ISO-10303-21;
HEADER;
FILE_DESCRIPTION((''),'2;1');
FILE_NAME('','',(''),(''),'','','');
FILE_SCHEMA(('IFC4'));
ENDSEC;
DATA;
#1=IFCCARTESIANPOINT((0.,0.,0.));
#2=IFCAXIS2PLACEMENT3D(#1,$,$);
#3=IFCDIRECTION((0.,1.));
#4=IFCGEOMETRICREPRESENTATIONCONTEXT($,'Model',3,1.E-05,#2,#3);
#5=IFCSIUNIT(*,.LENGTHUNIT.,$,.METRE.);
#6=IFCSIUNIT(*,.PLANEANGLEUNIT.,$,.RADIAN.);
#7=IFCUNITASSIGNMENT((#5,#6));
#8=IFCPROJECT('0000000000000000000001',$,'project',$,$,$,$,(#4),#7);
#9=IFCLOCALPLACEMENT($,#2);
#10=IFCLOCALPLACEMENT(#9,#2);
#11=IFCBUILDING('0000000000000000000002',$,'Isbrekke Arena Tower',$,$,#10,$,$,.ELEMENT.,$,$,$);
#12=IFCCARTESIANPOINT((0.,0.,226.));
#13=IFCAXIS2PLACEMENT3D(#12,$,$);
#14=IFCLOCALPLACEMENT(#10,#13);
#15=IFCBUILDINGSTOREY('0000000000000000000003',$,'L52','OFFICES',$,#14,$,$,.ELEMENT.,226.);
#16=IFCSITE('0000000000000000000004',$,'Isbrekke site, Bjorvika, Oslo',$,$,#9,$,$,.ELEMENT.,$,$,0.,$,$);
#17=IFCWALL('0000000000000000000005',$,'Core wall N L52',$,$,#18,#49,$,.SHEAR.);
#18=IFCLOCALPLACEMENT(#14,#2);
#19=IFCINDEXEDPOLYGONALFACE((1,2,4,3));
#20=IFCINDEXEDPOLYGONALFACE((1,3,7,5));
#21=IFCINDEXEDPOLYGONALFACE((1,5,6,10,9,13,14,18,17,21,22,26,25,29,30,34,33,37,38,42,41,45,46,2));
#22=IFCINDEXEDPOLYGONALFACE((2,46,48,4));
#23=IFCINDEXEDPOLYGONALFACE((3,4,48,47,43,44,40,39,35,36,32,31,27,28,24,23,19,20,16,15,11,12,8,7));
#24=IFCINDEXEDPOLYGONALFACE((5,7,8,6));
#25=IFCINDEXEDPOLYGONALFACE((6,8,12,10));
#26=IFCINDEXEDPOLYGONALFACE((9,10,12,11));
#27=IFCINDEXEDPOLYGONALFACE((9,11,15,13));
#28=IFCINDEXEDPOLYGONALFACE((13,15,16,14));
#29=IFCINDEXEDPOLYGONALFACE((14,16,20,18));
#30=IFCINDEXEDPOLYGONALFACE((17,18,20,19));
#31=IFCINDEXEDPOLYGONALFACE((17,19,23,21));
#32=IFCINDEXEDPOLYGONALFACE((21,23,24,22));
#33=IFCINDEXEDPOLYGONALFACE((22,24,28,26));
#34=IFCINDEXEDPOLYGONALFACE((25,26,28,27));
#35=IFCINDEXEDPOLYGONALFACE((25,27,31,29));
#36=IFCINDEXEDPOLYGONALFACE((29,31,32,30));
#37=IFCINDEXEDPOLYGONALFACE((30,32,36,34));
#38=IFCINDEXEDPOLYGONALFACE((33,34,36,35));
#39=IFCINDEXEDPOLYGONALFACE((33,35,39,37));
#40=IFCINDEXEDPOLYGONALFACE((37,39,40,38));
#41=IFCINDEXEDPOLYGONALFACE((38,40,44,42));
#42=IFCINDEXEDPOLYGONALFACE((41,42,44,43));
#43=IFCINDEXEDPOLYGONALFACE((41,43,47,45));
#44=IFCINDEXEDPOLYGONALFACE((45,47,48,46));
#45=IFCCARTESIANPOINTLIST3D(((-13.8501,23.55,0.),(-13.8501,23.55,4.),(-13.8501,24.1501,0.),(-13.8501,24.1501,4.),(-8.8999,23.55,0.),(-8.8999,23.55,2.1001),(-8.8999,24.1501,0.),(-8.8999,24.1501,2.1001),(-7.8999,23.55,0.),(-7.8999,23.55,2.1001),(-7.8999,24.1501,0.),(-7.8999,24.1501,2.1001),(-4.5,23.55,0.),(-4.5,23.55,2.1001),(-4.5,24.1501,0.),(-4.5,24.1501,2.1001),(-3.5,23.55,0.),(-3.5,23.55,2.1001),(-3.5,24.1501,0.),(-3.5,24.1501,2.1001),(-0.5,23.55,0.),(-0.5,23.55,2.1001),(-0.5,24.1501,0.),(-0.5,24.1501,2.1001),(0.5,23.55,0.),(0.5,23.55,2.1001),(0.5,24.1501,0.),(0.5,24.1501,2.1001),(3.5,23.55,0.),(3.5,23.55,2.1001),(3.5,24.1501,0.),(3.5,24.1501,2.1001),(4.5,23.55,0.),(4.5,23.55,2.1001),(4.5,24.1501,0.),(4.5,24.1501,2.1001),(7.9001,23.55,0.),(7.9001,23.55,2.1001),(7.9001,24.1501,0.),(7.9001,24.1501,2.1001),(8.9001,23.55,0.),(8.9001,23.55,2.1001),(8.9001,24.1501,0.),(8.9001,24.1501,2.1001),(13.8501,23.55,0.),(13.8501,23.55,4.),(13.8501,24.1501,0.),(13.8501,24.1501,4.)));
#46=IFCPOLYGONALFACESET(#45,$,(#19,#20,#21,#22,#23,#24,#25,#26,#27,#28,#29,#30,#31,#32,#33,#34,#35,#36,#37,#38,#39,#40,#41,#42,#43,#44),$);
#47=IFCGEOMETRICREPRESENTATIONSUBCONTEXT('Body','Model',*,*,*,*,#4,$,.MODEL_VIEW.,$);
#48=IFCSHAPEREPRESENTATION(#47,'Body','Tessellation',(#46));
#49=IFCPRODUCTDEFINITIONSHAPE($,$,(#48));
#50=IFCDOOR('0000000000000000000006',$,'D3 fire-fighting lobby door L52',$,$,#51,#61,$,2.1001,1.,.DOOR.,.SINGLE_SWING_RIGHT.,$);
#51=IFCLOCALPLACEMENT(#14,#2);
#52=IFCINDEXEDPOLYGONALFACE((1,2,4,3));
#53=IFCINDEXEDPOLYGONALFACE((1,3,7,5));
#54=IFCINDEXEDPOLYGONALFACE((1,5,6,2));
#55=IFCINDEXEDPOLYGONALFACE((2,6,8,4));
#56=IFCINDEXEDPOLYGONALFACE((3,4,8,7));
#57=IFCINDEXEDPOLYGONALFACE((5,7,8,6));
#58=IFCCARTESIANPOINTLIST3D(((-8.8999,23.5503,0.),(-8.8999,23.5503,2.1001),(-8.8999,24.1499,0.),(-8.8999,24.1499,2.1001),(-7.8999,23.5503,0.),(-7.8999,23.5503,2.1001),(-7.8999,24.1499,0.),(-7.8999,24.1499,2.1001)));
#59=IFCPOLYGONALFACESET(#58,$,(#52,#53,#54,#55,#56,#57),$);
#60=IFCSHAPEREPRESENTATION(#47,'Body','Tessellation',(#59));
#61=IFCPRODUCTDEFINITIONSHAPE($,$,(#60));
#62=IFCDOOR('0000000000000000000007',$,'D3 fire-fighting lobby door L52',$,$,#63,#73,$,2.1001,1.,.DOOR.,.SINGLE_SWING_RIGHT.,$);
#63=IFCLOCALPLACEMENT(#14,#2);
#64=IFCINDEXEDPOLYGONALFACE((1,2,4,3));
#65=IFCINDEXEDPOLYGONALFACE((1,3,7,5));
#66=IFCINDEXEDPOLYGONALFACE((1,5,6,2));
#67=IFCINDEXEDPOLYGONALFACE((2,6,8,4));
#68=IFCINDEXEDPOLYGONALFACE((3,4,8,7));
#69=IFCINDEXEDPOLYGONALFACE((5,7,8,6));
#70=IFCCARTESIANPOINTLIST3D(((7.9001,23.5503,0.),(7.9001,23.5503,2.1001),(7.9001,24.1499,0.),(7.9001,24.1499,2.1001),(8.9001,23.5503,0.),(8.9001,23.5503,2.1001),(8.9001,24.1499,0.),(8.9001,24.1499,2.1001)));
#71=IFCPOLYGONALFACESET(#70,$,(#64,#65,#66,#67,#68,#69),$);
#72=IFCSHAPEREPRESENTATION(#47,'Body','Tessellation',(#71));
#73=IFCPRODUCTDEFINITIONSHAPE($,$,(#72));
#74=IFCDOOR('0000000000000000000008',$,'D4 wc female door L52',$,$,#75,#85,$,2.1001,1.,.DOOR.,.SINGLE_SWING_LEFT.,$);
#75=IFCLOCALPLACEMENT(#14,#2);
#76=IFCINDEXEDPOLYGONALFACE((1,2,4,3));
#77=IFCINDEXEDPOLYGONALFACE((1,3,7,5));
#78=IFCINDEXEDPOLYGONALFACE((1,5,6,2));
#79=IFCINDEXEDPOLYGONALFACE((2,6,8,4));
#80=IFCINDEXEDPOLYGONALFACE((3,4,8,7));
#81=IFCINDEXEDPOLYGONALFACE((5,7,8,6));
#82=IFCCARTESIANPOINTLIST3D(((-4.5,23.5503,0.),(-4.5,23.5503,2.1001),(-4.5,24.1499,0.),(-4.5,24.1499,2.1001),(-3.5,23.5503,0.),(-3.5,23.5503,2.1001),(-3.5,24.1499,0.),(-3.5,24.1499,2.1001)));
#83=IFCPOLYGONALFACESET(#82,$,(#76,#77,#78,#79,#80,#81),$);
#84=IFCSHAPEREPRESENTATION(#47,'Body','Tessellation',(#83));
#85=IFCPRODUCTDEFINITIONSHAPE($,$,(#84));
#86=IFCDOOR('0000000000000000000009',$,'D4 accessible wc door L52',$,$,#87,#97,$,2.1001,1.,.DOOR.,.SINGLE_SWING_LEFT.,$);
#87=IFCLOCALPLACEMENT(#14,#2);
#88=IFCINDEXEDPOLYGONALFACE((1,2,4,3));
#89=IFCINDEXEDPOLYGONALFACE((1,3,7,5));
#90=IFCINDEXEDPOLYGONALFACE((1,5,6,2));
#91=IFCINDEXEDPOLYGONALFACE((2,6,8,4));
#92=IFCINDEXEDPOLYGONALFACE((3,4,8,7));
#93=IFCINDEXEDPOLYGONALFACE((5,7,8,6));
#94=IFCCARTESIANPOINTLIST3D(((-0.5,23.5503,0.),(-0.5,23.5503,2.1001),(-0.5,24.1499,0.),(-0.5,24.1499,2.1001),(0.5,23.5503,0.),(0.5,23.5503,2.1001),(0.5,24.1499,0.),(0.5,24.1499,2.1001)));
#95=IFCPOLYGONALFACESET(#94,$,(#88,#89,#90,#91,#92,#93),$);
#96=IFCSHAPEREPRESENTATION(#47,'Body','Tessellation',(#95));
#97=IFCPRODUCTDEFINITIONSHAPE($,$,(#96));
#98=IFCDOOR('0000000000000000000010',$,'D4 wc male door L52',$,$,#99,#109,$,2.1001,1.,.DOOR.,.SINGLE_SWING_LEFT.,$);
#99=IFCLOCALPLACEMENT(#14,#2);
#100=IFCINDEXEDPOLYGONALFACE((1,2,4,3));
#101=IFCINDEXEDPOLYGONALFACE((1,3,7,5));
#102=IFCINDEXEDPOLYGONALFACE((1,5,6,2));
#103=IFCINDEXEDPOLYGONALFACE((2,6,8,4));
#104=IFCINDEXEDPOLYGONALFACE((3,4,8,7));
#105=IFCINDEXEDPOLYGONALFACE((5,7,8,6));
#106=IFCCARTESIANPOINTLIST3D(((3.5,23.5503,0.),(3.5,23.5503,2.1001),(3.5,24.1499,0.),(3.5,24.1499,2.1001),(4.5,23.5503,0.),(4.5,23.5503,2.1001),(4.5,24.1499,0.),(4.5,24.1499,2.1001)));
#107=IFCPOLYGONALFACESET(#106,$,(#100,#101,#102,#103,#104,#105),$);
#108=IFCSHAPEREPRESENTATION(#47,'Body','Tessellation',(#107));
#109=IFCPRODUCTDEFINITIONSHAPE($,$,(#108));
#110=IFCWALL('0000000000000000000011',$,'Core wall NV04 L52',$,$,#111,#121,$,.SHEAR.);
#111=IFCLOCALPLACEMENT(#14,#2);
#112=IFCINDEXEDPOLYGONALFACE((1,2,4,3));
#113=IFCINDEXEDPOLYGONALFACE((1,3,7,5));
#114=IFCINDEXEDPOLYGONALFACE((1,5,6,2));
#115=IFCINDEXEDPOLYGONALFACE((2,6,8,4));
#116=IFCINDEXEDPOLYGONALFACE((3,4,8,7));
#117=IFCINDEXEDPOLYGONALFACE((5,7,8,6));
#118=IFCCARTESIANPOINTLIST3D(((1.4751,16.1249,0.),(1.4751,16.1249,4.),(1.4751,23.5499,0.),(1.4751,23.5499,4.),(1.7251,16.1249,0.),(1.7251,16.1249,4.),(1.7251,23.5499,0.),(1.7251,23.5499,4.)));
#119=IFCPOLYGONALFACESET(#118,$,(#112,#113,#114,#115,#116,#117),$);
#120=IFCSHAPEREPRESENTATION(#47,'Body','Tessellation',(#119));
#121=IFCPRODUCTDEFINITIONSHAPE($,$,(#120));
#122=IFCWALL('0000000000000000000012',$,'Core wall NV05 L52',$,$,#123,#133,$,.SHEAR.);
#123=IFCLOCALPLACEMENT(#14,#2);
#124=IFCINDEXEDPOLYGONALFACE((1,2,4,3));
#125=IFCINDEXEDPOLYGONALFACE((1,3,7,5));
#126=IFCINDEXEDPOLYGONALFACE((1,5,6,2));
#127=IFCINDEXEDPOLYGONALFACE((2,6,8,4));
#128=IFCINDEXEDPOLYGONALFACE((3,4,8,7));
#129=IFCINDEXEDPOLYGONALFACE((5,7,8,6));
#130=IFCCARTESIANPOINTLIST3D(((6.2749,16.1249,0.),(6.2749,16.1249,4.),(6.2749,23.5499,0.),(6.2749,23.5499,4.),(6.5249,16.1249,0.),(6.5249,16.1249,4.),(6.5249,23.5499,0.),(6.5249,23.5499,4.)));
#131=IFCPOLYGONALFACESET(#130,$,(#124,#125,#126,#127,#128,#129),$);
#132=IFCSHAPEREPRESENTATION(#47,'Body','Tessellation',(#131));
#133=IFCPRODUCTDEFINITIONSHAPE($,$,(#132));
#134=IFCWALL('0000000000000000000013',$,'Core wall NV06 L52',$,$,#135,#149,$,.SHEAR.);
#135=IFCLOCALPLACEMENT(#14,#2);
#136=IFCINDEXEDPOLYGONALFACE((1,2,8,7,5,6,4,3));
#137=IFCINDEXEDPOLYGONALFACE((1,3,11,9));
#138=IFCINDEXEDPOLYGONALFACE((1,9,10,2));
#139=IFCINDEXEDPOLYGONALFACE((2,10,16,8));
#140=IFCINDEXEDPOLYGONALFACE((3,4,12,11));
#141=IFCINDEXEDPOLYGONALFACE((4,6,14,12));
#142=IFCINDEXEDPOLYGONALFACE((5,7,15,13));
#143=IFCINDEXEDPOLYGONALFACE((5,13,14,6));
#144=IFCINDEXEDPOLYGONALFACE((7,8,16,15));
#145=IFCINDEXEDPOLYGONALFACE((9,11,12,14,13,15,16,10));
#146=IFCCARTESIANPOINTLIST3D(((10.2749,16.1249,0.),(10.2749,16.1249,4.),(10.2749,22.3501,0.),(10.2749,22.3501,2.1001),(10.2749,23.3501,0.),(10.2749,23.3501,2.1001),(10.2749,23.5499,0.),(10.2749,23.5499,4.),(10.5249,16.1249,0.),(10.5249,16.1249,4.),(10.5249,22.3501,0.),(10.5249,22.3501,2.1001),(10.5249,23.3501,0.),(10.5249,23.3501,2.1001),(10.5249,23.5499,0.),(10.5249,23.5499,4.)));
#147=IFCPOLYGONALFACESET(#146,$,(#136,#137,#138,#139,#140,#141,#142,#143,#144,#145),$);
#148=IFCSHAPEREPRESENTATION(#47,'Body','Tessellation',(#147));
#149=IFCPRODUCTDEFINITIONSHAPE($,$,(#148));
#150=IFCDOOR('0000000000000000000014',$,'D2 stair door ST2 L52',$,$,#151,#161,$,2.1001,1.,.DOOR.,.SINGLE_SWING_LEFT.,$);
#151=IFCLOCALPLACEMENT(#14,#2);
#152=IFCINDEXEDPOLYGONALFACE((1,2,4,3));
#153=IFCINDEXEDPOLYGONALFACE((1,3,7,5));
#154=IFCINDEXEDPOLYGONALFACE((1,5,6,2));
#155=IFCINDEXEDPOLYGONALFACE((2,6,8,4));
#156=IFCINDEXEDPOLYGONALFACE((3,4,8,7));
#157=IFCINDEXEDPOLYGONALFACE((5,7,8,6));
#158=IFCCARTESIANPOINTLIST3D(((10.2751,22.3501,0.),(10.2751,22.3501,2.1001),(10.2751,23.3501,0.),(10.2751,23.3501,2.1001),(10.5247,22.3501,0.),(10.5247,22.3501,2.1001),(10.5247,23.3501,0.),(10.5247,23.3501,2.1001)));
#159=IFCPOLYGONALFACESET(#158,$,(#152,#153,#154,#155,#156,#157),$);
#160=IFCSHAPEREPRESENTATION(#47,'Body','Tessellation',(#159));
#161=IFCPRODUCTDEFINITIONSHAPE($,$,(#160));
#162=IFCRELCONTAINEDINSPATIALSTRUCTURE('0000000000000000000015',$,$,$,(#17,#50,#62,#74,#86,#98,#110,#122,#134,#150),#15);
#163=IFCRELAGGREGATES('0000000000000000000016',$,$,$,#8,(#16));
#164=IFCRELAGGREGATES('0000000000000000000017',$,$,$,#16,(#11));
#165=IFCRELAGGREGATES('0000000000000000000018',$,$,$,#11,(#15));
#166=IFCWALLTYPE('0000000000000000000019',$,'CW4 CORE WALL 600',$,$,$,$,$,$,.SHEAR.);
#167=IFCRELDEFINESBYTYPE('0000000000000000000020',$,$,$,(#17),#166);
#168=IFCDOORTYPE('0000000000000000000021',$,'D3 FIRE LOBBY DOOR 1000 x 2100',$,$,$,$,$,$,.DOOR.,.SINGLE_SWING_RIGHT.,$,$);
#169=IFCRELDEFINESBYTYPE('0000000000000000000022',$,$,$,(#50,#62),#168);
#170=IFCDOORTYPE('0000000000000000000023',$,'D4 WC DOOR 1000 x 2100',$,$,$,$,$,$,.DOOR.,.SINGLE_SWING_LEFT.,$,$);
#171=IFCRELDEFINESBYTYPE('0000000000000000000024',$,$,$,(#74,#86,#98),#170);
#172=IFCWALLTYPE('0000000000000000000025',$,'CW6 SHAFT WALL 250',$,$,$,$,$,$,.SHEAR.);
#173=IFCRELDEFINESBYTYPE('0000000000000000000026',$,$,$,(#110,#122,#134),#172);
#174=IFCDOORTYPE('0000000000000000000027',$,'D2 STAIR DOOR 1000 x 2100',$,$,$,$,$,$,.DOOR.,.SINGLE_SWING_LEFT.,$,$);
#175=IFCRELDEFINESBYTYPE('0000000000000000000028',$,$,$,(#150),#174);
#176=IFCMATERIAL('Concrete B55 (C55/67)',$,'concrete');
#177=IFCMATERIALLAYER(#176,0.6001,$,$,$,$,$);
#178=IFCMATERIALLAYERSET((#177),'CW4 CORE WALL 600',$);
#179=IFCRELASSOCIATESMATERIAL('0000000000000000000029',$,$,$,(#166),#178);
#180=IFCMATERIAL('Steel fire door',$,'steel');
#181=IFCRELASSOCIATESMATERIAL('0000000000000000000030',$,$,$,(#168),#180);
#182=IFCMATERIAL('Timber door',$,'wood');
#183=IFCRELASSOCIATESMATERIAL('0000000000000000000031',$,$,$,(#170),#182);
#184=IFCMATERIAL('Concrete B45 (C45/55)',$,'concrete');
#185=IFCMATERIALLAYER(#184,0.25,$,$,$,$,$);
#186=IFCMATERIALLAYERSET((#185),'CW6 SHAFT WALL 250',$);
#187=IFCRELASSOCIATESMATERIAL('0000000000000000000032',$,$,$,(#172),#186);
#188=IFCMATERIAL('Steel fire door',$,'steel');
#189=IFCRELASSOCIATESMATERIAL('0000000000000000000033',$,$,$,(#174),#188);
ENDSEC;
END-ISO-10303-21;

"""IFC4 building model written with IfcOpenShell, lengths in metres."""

from ifc_helpers import new_model, si_unit, direction, frame, frame_2d, origin, place, context, subcontext, project, spatial, rectangle, extrude, material, layer, layer_set, type_object, element, fill, save


model = new_model("IFC4")

# Units and contexts
model_context = context("Model", 3, precision=1e-05, world=origin(), true_north=direction((0.0, 1.0)))
body_context = subcontext(model_context, "Body", "Model", "MODEL_VIEW")
ifc_project = project(units=[si_unit("LENGTHUNIT", "METRE"), si_unit("PLANEANGLEUNIT", "RADIAN")], contexts=[model_context])

# Site, building, storey
site_placement = place(None, origin())
site = spatial("IfcSite", under=ifc_project, at=site_placement, Name="Isbrekke site, Bjorvika, Oslo", CompositionType="ELEMENT", RefElevation=0.0)
building_placement = place(site_placement, origin())
building = spatial("IfcBuilding", under=site, at=building_placement, Name="Isbrekke Arena Tower", CompositionType="ELEMENT")
storey_placement = place(building_placement, frame((0.0, 0.0, 226.0)))
storey = spatial("IfcBuildingStorey", under=building, at=storey_placement, Name="L52", Description="OFFICES", CompositionType="ELEMENT", Elevation=226.0)

# Wall, openings, doors
ifc_material_1 = material(Name="Concrete B55 (C55/67)", Category="concrete")
ifc_layer_1 = layer(ifc_material_1, 0.6001)
ifc_layer_set_1 = layer_set([ifc_layer_1], Name="CW4 CORE WALL 600")
wall_type_1 = type_object("IfcWallType", Name="CW4 CORE WALL 600", PredefinedType="SHEAR", material=ifc_layer_set_1)
wall_1_placement = place(storey_placement, frame((13.8501, 23.8501, 0.0), z_axis=(0.0, 0.0, 1.0), x_axis=(-1.0, 0.0, 0.0)))
wall_1 = element("IfcWall", 1, at=wall_1_placement, inside=storey, type_object=wall_type_1, Name="Core wall N L52", PredefinedType="SHEAR", context=body_context, shape_type="SweptSolid", body=[
    extrude(rectangle(XDim=27.7002, YDim=0.6001, at=frame_2d((13.8501, 0.0))), origin(), (0.0, 0.0, 1.0), 4.0),
])
opening_1_placement = place(wall_1_placement, frame((21.75, 0.0, 0.0)))
opening_1 = element("IfcOpeningElement", 2, at=opening_1_placement, cuts=wall_1, PredefinedType="OPENING", context=body_context, shape_type="SweptSolid", body=[
    extrude(rectangle(XDim=1.0, YDim=2.1001, at=frame_2d((0.5, 1.05))), frame((0.0, 0.3149, 0.0), z_axis=(0.0, -1.0, 0.0), x_axis=(1.0, 0.0, 0.0)), (0.0, 0.0, 1.0), 0.6299),
])
opening_2_placement = place(wall_1_placement, frame((4.95, 0.0, 0.0)))
opening_2 = element("IfcOpeningElement", 3, at=opening_2_placement, cuts=wall_1, PredefinedType="OPENING", context=body_context, shape_type="SweptSolid", body=[
    extrude(rectangle(XDim=1.0, YDim=2.1001, at=frame_2d((0.5, 1.05))), frame((0.0, 0.3149, 0.0), z_axis=(0.0, -1.0, 0.0), x_axis=(1.0, 0.0, 0.0)), (0.0, 0.0, 1.0), 0.6299),
])
opening_3_placement = place(wall_1_placement, frame((17.3501, 0.0, 0.0)))
opening_3 = element("IfcOpeningElement", 4, at=opening_3_placement, cuts=wall_1, PredefinedType="OPENING", context=body_context, shape_type="SweptSolid", body=[
    extrude(rectangle(XDim=1.0, YDim=2.1001, at=frame_2d((0.5, 1.05))), frame((0.0, 0.3149, 0.0), z_axis=(0.0, -1.0, 0.0), x_axis=(1.0, 0.0, 0.0)), (0.0, 0.0, 1.0), 0.6299),
])
opening_4_placement = place(wall_1_placement, frame((13.3501, 0.0, 0.0)))
opening_4 = element("IfcOpeningElement", 5, at=opening_4_placement, cuts=wall_1, PredefinedType="OPENING", context=body_context, shape_type="SweptSolid", body=[
    extrude(rectangle(XDim=1.0, YDim=2.1001, at=frame_2d((0.5, 1.05))), frame((0.0, 0.3149, 0.0), z_axis=(0.0, -1.0, 0.0), x_axis=(1.0, 0.0, 0.0)), (0.0, 0.0, 1.0), 0.6299),
])
opening_5_placement = place(wall_1_placement, frame((9.3501, 0.0, 0.0)))
opening_5 = element("IfcOpeningElement", 6, at=opening_5_placement, cuts=wall_1, PredefinedType="OPENING", context=body_context, shape_type="SweptSolid", body=[
    extrude(rectangle(XDim=1.0, YDim=2.1001, at=frame_2d((0.5, 1.05))), frame((0.0, 0.3149, 0.0), z_axis=(0.0, -1.0, 0.0), x_axis=(1.0, 0.0, 0.0)), (0.0, 0.0, 1.0), 0.6299),
])
ifc_material_2 = material(Name="Steel fire door", Category="steel")
door_type_1 = type_object("IfcDoorType", Name="D3 FIRE LOBBY DOOR 1000 x 2100", OperationType="SINGLE_SWING_RIGHT", PredefinedType="DOOR", material=ifc_material_2)
door_1_placement = place(opening_1_placement, origin())
door_1 = element("IfcDoor", 7, at=door_1_placement, inside=storey, type_object=door_type_1, Name="D3 fire-fighting lobby door L52", OperationType="SINGLE_SWING_RIGHT", OverallHeight=2.1001, OverallWidth=1.0, PredefinedType="DOOR", context=body_context, shape_type="SweptSolid", body=[
    extrude(rectangle(XDim=1.0, YDim=2.1001, at=frame_2d((0.5, 1.05))), frame((0.0, 0.2998, 0.0), z_axis=(0.0, -1.0, 0.0), x_axis=(1.0, 0.0, 0.0)), (0.0, 0.0, 1.0), 0.5996),
])
fill(opening_1, door_1)
door_2_placement = place(opening_2_placement, origin())
door_2 = element("IfcDoor", 8, at=door_2_placement, inside=storey, type_object=door_type_1, Name="D3 fire-fighting lobby door L52", OperationType="SINGLE_SWING_RIGHT", OverallHeight=2.1001, OverallWidth=1.0, PredefinedType="DOOR", context=body_context, shape_type="SweptSolid", body=[
    extrude(rectangle(XDim=1.0, YDim=2.1001, at=frame_2d((0.5, 1.05))), frame((0.0, 0.2998, 0.0), z_axis=(0.0, -1.0, 0.0), x_axis=(1.0, 0.0, 0.0)), (0.0, 0.0, 1.0), 0.5996),
])
fill(opening_2, door_2)
ifc_material_3 = material(Name="Timber door", Category="wood")
door_type_2 = type_object("IfcDoorType", Name="D4 WC DOOR 1000 x 2100", OperationType="SINGLE_SWING_LEFT", PredefinedType="DOOR", material=ifc_material_3)
door_3_placement = place(opening_3_placement, origin())
door_3 = element("IfcDoor", 9, at=door_3_placement, inside=storey, type_object=door_type_2, Name="D4 wc female door L52", OperationType="SINGLE_SWING_LEFT", OverallHeight=2.1001, OverallWidth=1.0, PredefinedType="DOOR", context=body_context, shape_type="SweptSolid", body=[
    extrude(rectangle(XDim=1.0, YDim=2.1001, at=frame_2d((0.5, 1.05))), frame((0.0, 0.2998, 0.0), z_axis=(0.0, -1.0, 0.0), x_axis=(1.0, 0.0, 0.0)), (0.0, 0.0, 1.0), 0.5996),
])
fill(opening_3, door_3)
door_4_placement = place(opening_4_placement, origin())
door_4 = element("IfcDoor", 10, at=door_4_placement, inside=storey, type_object=door_type_2, Name="D4 accessible wc door L52", OperationType="SINGLE_SWING_LEFT", OverallHeight=2.1001, OverallWidth=1.0, PredefinedType="DOOR", context=body_context, shape_type="SweptSolid", body=[
    extrude(rectangle(XDim=1.0, YDim=2.1001, at=frame_2d((0.5, 1.05))), frame((0.0, 0.2998, 0.0), z_axis=(0.0, -1.0, 0.0), x_axis=(1.0, 0.0, 0.0)), (0.0, 0.0, 1.0), 0.5996),
])
fill(opening_4, door_4)
door_5_placement = place(opening_5_placement, origin())
door_5 = element("IfcDoor", 11, at=door_5_placement, inside=storey, type_object=door_type_2, Name="D4 wc male door L52", OperationType="SINGLE_SWING_LEFT", OverallHeight=2.1001, OverallWidth=1.0, PredefinedType="DOOR", context=body_context, shape_type="SweptSolid", body=[
    extrude(rectangle(XDim=1.0, YDim=2.1001, at=frame_2d((0.5, 1.05))), frame((0.0, 0.2998, 0.0), z_axis=(0.0, -1.0, 0.0), x_axis=(1.0, 0.0, 0.0)), (0.0, 0.0, 1.0), 0.5996),
])
fill(opening_5, door_5)

# Walls
ifc_material_4 = material(Name="Concrete B45 (C45/55)", Category="concrete")
ifc_layer_2 = layer(ifc_material_4, 0.25)
ifc_layer_set_2 = layer_set([ifc_layer_2], Name="CW6 SHAFT WALL 250")
wall_type_2 = type_object("IfcWallType", Name="CW6 SHAFT WALL 250", PredefinedType="SHEAR", material=ifc_layer_set_2)
for number, where, z_axis, x_axis, name in (
    (12, (1.6001, 16.125, 0.0), (0.0, 0.0, 1.0), (0.0, 1.0, 0.0), "Core wall NV04 L52"),
    (13, (6.3999, 16.125, 0.0), (0.0, 0.0, 1.0), (0.0, 1.0, 0.0), "Core wall NV05 L52"),
):
    element("IfcWall", number, at=place(storey_placement, frame(where, z_axis=z_axis, x_axis=x_axis)), inside=storey, type_object=wall_type_2, Name=name, PredefinedType="SHEAR", context=body_context, shape_type="SweptSolid", body=[
        extrude(rectangle(XDim=7.425, YDim=0.25, at=frame_2d((3.7124, 0.0))), origin(), (0.0, 0.0, 1.0), 4.0),
    ])

# Wall, opening, door
wall_2_placement = place(storey_placement, frame((10.3999, 16.125, 0.0), z_axis=(0.0, 0.0, 1.0), x_axis=(0.0, 1.0, 0.0)))
wall_2 = element("IfcWall", 14, at=wall_2_placement, inside=storey, type_object=wall_type_2, Name="Core wall NV06 L52", PredefinedType="SHEAR", context=body_context, shape_type="SweptSolid", body=[
    extrude(rectangle(XDim=7.425, YDim=0.25, at=frame_2d((3.7124, 0.0))), origin(), (0.0, 0.0, 1.0), 4.0),
])
opening_6_placement = place(wall_2_placement, frame((6.2251, 0.0, 0.0)))
opening_6 = element("IfcOpeningElement", 15, at=opening_6_placement, cuts=wall_2, PredefinedType="OPENING", context=body_context, shape_type="SweptSolid", body=[
    extrude(rectangle(XDim=1.0, YDim=2.1001, at=frame_2d((0.5, 1.05))), frame((0.0, 0.1399, 0.0), z_axis=(0.0, -1.0, 0.0), x_axis=(1.0, 0.0, 0.0)), (0.0, 0.0, 1.0), 0.2798),
])
ifc_material_5 = material(Name="Steel fire door", Category="steel")
door_type_3 = type_object("IfcDoorType", Name="D2 STAIR DOOR 1000 x 2100", OperationType="SINGLE_SWING_LEFT", PredefinedType="DOOR", material=ifc_material_5)
door_6_placement = place(opening_6_placement, origin())
door_6 = element("IfcDoor", 16, at=door_6_placement, inside=storey, type_object=door_type_3, Name="D2 stair door ST2 L52", OperationType="SINGLE_SWING_LEFT", OverallHeight=2.1001, OverallWidth=1.0, PredefinedType="DOOR", context=body_context, shape_type="SweptSolid", body=[
    extrude(rectangle(XDim=1.0, YDim=2.1001, at=frame_2d((0.5, 1.05))), frame((0.0, 0.1248, 0.0), z_axis=(0.0, -1.0, 0.0), x_axis=(1.0, 0.0, 0.0)), (0.0, 0.0, 1.0), 0.2495),
])
fill(opening_6, door_6)

save(model, "model.ifc")
